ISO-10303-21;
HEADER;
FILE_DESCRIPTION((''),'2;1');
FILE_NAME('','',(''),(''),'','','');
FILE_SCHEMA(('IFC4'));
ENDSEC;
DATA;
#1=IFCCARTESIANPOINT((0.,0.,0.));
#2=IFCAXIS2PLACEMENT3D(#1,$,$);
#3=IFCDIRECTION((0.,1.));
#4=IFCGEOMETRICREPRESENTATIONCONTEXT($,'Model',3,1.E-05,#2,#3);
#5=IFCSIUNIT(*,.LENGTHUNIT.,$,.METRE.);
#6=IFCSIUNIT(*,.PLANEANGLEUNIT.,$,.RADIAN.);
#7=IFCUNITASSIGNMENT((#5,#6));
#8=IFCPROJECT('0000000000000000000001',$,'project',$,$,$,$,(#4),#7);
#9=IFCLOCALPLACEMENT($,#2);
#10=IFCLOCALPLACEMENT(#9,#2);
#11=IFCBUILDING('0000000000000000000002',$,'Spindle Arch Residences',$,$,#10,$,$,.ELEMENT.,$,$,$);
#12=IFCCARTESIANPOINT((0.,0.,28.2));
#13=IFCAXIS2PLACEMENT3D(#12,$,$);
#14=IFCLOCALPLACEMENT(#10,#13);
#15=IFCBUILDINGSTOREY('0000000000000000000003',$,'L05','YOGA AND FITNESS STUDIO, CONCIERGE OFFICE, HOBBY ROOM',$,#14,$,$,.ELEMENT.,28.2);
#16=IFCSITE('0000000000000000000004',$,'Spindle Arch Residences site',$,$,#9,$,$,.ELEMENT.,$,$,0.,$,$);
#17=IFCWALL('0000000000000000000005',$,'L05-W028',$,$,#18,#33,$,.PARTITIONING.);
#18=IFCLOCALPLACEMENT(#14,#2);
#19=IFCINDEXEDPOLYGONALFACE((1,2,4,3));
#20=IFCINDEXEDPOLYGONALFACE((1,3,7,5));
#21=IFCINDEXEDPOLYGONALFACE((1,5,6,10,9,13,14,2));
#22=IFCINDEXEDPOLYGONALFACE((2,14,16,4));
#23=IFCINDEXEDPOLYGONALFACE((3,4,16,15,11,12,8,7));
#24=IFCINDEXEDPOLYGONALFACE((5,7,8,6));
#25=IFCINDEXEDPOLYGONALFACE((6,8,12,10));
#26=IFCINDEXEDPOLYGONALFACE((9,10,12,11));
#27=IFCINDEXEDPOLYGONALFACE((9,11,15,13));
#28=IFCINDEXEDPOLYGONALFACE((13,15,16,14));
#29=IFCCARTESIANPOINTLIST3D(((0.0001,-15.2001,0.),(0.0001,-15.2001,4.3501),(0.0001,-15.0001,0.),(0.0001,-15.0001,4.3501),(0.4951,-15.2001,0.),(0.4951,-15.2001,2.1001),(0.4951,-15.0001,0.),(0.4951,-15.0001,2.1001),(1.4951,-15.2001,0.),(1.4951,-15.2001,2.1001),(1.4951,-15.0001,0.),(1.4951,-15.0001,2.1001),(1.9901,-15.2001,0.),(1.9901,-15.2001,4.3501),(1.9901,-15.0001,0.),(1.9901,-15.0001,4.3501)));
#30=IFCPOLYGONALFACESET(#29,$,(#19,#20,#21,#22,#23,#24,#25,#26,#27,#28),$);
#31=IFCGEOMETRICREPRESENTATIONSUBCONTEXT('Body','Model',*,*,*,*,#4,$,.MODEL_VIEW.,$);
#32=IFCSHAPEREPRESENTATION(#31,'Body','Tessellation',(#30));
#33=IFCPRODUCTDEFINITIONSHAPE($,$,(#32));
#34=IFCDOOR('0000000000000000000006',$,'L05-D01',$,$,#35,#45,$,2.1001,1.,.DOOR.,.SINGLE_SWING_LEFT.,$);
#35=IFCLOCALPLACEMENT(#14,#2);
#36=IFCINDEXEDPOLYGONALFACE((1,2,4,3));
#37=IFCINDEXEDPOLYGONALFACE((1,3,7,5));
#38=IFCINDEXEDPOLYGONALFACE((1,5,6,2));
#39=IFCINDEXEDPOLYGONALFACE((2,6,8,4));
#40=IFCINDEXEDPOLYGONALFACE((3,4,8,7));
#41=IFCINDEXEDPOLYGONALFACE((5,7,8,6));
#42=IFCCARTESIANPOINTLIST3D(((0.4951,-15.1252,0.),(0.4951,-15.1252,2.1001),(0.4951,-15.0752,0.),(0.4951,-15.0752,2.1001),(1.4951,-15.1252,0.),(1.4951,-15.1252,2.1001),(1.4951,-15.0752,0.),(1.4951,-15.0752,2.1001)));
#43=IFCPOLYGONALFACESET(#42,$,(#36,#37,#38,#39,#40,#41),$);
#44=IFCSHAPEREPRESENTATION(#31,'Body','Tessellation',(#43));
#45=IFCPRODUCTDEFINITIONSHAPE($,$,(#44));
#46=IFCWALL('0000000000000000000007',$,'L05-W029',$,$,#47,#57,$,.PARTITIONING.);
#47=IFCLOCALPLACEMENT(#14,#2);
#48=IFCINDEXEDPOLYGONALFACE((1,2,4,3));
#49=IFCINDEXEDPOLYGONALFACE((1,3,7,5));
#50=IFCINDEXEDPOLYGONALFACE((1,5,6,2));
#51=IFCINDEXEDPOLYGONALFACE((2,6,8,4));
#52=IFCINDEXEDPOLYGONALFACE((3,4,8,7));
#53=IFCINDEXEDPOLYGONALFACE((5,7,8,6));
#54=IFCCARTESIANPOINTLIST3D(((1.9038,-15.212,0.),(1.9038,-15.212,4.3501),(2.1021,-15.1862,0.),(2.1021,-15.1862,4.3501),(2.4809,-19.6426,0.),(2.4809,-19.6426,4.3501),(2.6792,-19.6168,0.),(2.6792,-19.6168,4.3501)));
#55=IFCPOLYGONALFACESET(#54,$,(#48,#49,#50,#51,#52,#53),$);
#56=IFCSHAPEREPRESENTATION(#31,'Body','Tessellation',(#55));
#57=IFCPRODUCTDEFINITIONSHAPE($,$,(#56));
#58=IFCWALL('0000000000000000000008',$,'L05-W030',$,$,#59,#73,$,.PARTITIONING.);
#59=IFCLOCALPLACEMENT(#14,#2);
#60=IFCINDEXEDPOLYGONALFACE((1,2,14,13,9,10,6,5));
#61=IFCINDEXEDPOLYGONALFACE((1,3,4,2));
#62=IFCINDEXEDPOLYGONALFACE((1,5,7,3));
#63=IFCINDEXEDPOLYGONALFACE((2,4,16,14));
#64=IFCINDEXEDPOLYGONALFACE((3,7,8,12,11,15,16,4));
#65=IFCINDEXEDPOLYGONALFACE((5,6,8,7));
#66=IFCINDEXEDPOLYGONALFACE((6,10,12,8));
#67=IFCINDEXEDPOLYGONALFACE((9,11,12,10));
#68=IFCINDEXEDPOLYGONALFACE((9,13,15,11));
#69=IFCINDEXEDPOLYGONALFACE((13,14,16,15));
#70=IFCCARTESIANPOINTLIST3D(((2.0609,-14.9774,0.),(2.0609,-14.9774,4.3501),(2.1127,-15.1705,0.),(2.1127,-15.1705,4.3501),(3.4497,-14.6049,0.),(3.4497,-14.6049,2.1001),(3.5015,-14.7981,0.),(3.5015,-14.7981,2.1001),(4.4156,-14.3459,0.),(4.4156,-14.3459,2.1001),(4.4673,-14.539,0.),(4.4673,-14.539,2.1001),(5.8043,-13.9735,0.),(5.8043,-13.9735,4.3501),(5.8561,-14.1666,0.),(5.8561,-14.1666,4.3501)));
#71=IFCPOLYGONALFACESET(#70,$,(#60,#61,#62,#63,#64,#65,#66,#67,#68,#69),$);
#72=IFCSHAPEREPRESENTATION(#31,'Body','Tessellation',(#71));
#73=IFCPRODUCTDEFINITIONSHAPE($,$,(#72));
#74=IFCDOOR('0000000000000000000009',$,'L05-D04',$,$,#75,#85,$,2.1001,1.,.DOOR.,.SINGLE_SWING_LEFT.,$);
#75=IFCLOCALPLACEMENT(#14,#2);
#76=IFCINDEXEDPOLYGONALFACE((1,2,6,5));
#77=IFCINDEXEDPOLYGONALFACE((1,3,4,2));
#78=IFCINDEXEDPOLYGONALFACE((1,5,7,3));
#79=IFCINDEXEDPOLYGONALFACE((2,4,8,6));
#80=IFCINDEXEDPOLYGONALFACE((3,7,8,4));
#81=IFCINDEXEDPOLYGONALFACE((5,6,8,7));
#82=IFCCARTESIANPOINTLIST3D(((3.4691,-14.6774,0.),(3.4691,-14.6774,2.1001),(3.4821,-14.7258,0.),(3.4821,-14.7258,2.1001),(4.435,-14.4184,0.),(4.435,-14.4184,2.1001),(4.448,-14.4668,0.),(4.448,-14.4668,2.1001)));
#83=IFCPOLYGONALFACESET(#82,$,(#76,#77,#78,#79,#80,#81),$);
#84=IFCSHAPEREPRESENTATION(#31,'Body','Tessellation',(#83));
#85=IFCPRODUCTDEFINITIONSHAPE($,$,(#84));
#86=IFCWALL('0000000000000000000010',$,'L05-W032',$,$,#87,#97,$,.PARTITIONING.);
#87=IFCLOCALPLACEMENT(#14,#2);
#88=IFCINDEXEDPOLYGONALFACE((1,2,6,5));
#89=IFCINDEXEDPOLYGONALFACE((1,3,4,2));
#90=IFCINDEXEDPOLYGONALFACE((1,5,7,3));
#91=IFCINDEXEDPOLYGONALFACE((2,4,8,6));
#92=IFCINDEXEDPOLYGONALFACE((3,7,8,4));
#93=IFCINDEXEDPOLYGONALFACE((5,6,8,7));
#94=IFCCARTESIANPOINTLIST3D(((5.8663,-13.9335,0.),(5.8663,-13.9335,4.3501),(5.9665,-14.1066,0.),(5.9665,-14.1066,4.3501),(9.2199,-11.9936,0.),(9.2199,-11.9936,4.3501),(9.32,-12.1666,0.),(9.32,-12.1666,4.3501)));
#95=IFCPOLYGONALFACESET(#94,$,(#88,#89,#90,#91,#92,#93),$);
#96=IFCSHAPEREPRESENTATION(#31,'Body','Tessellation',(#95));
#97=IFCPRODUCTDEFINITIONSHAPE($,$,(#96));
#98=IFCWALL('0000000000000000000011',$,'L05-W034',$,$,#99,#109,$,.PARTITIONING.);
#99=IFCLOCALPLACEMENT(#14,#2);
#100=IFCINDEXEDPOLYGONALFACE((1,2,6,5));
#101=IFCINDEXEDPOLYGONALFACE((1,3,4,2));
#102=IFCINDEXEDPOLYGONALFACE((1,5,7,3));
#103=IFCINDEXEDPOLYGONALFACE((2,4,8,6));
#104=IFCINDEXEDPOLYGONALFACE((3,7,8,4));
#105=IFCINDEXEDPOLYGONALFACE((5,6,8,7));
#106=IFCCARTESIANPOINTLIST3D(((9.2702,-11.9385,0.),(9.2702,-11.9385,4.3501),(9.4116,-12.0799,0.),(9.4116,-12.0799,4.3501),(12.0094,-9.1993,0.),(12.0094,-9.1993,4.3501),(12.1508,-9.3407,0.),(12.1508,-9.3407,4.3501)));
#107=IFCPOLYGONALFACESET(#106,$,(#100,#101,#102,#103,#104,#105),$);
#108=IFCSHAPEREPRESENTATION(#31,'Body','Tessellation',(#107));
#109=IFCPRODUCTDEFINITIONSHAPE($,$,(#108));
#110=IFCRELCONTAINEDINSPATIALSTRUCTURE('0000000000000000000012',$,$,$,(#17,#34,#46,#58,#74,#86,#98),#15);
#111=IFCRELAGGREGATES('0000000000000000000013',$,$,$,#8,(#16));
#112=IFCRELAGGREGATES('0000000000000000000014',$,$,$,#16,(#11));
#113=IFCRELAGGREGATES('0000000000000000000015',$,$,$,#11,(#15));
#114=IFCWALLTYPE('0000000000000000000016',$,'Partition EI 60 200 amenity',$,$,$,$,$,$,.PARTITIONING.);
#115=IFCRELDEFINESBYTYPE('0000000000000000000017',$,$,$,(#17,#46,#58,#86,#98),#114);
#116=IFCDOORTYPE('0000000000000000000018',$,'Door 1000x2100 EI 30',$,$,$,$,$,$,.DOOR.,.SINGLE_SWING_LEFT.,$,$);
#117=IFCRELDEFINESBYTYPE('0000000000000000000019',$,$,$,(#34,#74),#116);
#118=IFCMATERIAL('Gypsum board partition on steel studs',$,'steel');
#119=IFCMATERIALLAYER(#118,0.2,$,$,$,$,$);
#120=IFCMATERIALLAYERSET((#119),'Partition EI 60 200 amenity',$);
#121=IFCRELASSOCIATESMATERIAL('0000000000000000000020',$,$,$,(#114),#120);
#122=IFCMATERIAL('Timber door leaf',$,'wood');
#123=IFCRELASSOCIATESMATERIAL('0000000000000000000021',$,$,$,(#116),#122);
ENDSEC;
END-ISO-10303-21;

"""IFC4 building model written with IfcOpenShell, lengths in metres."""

from ifc_helpers import new_model, si_unit, direction, frame, frame_2d, origin, place, context, subcontext, project, spatial, rectangle, extrude, material, layer, layer_set, type_object, element, fill, save


model = new_model("IFC4")

# Units and contexts
model_context = context("Model", 3, precision=1e-05, world=origin(), true_north=direction((0.0, 1.0)))
body_context = subcontext(model_context, "Body", "Model", "MODEL_VIEW")
ifc_project = project(units=[si_unit("LENGTHUNIT", "METRE"), si_unit("PLANEANGLEUNIT", "RADIAN")], contexts=[model_context])

# Site, building, storey
site_placement = place(None, origin())
site = spatial("IfcSite", under=ifc_project, at=site_placement, Name="Spindle Arch Residences site", CompositionType="ELEMENT", RefElevation=0.0)
building_placement = place(site_placement, origin())
building = spatial("IfcBuilding", under=site, at=building_placement, Name="Spindle Arch Residences", CompositionType="ELEMENT")
storey_placement = place(building_placement, frame((0.0, 0.0, 28.2)))
storey = spatial("IfcBuildingStorey", under=building, at=storey_placement, Name="L05", Description="YOGA AND FITNESS STUDIO, CONCIERGE OFFICE, HOBBY ROOM", CompositionType="ELEMENT", Elevation=28.2)

# Wall, opening, door
ifc_material_1 = material(Name="Gypsum board partition on steel studs", Category="steel")
ifc_layer_1 = layer(ifc_material_1, 0.2)
ifc_layer_set_1 = layer_set([ifc_layer_1], Name="Partition EI 60 200 amenity")
wall_type_1 = type_object("IfcWallType", Name="Partition EI 60 200 amenity", PredefinedType="PARTITIONING", material=ifc_layer_set_1)
wall_1_placement = place(storey_placement, frame((0.0, -15.1001, 0.0), z_axis=(0.0, 0.0, 1.0), x_axis=(1.0, 0.0, 0.0)))
wall_1 = element("IfcWall", 1, at=wall_1_placement, inside=storey, type_object=wall_type_1, Name="L05-W028", PredefinedType="PARTITIONING", context=body_context, shape_type="SweptSolid", body=[
    extrude(rectangle(XDim=1.99, YDim=0.2, at=frame_2d((0.9951, 0.0))), origin(), (0.0, 0.0, 1.0), 4.3501),
])
opening_1_placement = place(wall_1_placement, frame((0.4951, 0.0, 0.0)))
opening_1 = element("IfcOpeningElement", 2, at=opening_1_placement, cuts=wall_1, PredefinedType="OPENING", context=body_context, shape_type="SweptSolid", body=[
    extrude(rectangle(XDim=1.0, YDim=2.1001, at=frame_2d((0.5, 1.05))), frame((0.0, 0.1099, 0.0), z_axis=(0.0, -1.0, 0.0), x_axis=(1.0, 0.0, 0.0)), (0.0, 0.0, 1.0), 0.22),
])
ifc_material_2 = material(Name="Timber door leaf", Category="wood")
door_type_1 = type_object("IfcDoorType", Name="Door 1000x2100 EI 30", OperationType="SINGLE_SWING_LEFT", PredefinedType="DOOR", material=ifc_material_2)
door_1_placement = place(opening_1_placement, origin())
door_1 = element("IfcDoor", 3, at=door_1_placement, inside=storey, type_object=door_type_1, Name="L05-D01", OperationType="SINGLE_SWING_LEFT", OverallHeight=2.1001, OverallWidth=1.0, PredefinedType="DOOR", context=body_context, shape_type="SweptSolid", body=[
    extrude(rectangle(XDim=1.0, YDim=2.1001, at=frame_2d((0.5, 1.05))), frame((0.0, 0.0249, 0.0), z_axis=(0.0, -1.0, 0.0), x_axis=(1.0, 0.0, 0.0)), (0.0, 0.0, 1.0), 0.05),
])
fill(opening_1, door_1)

# Wall
wall_2_placement = place(storey_placement, frame((2.0029, -15.1992, 0.0), z_axis=(0.0, 0.0, 1.0), x_axis=(0.129171, -0.991622, 0.0)))
element("IfcWall", 4, at=wall_2_placement, inside=storey, type_object=wall_type_1, Name="L05-W029", PredefinedType="PARTITIONING", context=body_context, shape_type="SweptSolid", body=[
    extrude(rectangle(XDim=4.468, YDim=0.2, at=frame_2d((2.2339, 0.0))), origin(), (0.0, 0.0, 1.0), 4.3501),
])

# Wall, opening, door
wall_3_placement = place(storey_placement, frame((2.0867, -15.074, 0.0), z_axis=(0.0, 0.0, 1.0), x_axis=(0.96587, 0.259027, 0.0)))
wall_3 = element("IfcWall", 5, at=wall_3_placement, inside=storey, type_object=wall_type_1, Name="L05-W030", PredefinedType="PARTITIONING", context=body_context, shape_type="SweptSolid", body=[
    extrude(rectangle(XDim=3.8757, YDim=0.2, at=frame_2d((1.938, 0.0))), origin(), (0.0, 0.0, 1.0), 4.3501),
])
opening_2_placement = place(wall_3_placement, frame((1.438, 0.0, 0.0)))
opening_2 = element("IfcOpeningElement", 6, at=opening_2_placement, cuts=wall_3, PredefinedType="OPENING", context=body_context, shape_type="SweptSolid", body=[
    extrude(rectangle(XDim=1.0, YDim=2.1001, at=frame_2d((0.5, 1.05))), frame((0.0, 0.1099, 0.0), z_axis=(0.0, -1.0, 0.0), x_axis=(1.0, 0.0, 0.0)), (0.0, 0.0, 1.0), 0.22),
])
door_2_placement = place(opening_2_placement, origin())
door_2 = element("IfcDoor", 7, at=door_2_placement, inside=storey, type_object=door_type_1, Name="L05-D04", OperationType="SINGLE_SWING_LEFT", OverallHeight=2.1001, OverallWidth=1.0, PredefinedType="DOOR", context=body_context, shape_type="SweptSolid", body=[
    extrude(rectangle(XDim=1.0, YDim=2.1001, at=frame_2d((0.5, 1.05))), frame((0.0, 0.0249, 0.0), z_axis=(0.0, -1.0, 0.0), x_axis=(1.0, 0.0, 0.0)), (0.0, 0.0, 1.0), 0.05),
])
fill(opening_2, door_2)

# Walls
wall_4_placement = place(storey_placement, frame((5.9165, -14.02, 0.0), z_axis=(0.0, 0.0, 1.0), x_axis=(0.865602, 0.500733, 0.0)))
element("IfcWall", 8, at=wall_4_placement, inside=storey, type_object=wall_type_1, Name="L05-W032", PredefinedType="PARTITIONING", context=body_context, shape_type="SweptSolid", body=[
    extrude(rectangle(XDim=3.8743, YDim=0.2, at=frame_2d((1.937, 0.0))), origin(), (0.0, 0.0, 1.0), 4.3501),
])
wall_5_placement = place(storey_placement, frame((9.3408, -12.0093, 0.0), z_axis=(0.0, 0.0, 1.0), x_axis=(0.707107, 0.707107, 0.0)))
element("IfcWall", 9, at=wall_5_placement, inside=storey, type_object=wall_type_1, Name="L05-W034", PredefinedType="PARTITIONING", context=body_context, shape_type="SweptSolid", body=[
    extrude(rectangle(XDim=3.8738, YDim=0.2, at=frame_2d((1.937, 0.0))), origin(), (0.0, 0.0, 1.0), 4.3501),
])

save(model, "model.ifc")
